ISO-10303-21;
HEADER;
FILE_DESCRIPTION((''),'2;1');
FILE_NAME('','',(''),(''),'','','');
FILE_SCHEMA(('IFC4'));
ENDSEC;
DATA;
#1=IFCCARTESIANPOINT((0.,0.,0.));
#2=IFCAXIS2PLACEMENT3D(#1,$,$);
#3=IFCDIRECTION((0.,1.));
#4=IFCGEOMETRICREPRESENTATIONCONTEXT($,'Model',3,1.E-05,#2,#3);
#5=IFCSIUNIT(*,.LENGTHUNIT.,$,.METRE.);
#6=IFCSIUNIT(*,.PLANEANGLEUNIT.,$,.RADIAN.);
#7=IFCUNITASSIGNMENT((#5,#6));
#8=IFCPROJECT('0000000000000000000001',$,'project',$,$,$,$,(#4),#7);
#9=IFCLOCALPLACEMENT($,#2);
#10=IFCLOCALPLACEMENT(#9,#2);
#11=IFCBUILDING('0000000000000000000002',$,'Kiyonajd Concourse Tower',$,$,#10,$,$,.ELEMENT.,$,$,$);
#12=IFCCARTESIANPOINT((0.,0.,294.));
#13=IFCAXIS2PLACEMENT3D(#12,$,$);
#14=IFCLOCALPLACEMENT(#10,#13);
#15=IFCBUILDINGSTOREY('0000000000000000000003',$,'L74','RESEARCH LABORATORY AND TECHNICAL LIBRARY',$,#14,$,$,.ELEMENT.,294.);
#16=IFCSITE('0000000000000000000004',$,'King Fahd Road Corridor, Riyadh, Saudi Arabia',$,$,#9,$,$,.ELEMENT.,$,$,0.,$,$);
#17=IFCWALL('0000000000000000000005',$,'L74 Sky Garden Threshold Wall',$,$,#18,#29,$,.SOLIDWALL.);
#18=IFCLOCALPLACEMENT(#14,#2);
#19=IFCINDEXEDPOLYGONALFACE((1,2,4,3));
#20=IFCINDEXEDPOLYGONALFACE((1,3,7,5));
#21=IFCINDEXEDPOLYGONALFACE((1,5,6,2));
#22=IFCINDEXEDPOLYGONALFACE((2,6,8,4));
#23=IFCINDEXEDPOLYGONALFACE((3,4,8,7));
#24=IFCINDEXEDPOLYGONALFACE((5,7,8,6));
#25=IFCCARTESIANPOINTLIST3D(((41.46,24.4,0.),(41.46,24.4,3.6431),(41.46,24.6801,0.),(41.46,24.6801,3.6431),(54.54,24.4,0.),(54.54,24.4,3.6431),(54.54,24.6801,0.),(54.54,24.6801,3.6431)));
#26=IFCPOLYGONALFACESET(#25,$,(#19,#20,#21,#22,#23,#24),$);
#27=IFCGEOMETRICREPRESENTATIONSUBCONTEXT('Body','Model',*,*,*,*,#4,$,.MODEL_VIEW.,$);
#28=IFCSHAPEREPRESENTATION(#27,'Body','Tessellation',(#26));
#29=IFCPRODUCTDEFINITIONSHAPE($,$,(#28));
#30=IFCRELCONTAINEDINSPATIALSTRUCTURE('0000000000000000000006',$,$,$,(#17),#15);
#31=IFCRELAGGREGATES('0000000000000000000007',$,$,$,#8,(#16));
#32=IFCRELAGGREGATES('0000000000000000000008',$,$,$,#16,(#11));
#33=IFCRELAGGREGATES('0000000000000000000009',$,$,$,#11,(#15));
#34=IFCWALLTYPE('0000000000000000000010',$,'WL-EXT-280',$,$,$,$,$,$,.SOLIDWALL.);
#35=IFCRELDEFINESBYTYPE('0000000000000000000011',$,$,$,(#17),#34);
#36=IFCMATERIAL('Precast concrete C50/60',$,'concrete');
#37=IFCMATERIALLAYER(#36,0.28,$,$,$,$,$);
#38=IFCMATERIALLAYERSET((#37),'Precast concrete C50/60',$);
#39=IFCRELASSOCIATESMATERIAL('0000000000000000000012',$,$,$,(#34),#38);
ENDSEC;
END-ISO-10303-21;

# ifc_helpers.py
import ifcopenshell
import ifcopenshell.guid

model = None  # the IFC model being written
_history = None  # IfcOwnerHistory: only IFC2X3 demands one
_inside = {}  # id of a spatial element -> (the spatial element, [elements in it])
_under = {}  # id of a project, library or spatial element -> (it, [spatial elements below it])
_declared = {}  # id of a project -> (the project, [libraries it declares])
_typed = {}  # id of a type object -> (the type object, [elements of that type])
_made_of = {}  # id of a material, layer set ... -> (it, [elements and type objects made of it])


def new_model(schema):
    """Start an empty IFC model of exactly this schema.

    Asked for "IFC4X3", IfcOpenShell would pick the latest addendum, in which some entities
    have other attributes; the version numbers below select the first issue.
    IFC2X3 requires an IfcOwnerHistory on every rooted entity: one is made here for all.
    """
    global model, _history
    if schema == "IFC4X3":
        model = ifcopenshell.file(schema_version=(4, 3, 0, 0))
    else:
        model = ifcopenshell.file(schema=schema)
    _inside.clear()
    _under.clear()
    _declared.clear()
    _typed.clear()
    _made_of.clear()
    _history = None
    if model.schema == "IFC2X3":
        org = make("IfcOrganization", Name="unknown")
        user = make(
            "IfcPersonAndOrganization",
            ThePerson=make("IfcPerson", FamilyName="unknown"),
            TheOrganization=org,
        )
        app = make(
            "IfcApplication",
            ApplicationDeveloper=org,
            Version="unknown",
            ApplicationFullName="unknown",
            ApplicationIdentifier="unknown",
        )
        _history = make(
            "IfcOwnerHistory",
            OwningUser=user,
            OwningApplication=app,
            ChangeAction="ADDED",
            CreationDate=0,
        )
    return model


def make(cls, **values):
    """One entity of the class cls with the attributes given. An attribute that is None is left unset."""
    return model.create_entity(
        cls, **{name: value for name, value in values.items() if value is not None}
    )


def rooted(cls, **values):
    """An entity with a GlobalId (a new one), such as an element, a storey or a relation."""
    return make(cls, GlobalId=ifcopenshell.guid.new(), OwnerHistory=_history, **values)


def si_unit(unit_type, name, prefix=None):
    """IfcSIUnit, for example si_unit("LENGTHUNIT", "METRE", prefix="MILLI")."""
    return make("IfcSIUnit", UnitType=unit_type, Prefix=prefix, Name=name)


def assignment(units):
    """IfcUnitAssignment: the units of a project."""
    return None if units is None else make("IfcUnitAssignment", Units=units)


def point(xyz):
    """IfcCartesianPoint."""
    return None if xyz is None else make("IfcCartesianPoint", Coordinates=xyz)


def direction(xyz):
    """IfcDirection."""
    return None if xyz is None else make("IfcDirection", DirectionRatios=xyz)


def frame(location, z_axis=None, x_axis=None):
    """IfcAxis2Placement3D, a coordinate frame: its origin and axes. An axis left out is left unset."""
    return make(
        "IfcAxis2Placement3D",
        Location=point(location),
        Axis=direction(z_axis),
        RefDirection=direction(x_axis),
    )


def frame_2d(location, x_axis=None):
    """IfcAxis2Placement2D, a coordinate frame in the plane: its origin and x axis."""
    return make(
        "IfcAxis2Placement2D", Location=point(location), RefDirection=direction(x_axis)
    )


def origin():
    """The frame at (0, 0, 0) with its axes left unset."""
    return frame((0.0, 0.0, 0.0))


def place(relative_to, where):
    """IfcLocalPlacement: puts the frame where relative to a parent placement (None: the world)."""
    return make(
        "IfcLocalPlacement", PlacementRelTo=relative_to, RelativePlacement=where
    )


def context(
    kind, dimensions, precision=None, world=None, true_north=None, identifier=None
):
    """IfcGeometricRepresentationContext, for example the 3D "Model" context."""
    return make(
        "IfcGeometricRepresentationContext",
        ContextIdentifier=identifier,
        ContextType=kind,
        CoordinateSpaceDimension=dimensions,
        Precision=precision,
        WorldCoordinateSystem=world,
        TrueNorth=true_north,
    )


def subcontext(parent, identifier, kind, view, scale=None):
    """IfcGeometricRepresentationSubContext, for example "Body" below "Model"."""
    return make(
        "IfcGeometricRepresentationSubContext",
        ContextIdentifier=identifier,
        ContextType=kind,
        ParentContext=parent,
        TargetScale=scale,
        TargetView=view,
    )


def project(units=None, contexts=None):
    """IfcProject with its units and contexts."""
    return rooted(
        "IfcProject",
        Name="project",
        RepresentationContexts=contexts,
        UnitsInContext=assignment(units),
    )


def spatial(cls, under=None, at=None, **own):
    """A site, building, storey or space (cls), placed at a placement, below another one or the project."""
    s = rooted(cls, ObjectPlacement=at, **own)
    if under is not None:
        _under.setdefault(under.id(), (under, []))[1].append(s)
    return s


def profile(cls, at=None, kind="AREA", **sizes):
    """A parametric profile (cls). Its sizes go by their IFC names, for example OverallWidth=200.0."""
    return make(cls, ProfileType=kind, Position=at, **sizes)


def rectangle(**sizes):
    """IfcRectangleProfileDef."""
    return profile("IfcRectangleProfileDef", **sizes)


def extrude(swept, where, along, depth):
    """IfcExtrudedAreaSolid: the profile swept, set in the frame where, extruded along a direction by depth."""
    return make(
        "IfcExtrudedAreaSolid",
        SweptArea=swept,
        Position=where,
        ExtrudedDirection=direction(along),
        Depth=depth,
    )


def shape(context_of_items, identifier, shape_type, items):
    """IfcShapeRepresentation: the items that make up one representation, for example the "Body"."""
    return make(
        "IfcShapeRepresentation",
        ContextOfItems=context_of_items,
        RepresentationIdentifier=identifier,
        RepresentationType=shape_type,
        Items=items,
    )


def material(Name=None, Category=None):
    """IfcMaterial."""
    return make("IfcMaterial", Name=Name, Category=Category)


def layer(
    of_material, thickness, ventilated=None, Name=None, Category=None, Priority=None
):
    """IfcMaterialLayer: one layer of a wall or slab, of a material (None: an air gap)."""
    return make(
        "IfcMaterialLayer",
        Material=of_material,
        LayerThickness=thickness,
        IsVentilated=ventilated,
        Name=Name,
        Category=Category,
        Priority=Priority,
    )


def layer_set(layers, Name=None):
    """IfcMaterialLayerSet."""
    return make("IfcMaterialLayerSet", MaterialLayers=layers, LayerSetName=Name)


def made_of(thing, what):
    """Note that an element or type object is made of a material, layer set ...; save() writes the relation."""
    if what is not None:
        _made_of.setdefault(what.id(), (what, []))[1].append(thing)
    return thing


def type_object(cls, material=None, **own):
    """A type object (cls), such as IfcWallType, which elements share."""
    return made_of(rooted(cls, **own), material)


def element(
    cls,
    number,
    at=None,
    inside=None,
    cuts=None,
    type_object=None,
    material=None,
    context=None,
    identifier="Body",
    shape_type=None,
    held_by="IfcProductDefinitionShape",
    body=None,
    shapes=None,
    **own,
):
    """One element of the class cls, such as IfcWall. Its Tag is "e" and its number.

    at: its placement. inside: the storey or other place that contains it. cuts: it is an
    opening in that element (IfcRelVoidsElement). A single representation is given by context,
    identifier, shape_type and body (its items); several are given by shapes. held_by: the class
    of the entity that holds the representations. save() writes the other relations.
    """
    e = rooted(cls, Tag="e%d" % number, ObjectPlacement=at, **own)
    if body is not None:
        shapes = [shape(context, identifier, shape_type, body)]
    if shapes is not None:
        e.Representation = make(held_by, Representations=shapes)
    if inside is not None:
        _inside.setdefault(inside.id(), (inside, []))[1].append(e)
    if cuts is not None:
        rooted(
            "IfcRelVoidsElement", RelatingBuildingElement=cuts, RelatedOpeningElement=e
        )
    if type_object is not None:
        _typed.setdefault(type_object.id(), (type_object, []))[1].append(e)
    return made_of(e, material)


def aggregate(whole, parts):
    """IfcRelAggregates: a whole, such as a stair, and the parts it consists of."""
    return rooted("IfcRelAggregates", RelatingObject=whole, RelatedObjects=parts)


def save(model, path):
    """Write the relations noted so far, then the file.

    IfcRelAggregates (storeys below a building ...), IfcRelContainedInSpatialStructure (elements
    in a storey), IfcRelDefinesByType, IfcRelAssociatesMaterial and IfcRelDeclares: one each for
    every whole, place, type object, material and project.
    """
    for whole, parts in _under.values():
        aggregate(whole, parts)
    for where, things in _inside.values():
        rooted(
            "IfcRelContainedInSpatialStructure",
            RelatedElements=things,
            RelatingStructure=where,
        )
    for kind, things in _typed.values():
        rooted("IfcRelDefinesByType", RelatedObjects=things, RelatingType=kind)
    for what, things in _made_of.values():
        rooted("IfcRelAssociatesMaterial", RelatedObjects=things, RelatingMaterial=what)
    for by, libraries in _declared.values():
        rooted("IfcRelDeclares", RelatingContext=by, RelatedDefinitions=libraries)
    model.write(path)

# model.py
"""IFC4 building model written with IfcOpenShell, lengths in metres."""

from ifc_helpers import new_model, si_unit, direction, frame, frame_2d, origin, place, context, subcontext, project, spatial, rectangle, extrude, material, layer, layer_set, type_object, element, save


model = new_model("IFC4")

# Units and contexts
model_context = context("Model", 3, precision=1e-05, world=origin(), true_north=direction((0.0, 1.0)))
body_context = subcontext(model_context, "Body", "Model", "MODEL_VIEW")
ifc_project = project(units=[si_unit("LENGTHUNIT", "METRE"), si_unit("PLANEANGLEUNIT", "RADIAN")], contexts=[model_context])

# Site, building, storey
site_placement = place(None, origin())
site = spatial("IfcSite", under=ifc_project, at=site_placement, Name="King Fahd Road Corridor, Riyadh, Saudi Arabia", CompositionType="ELEMENT", RefElevation=0.0)
building_placement = place(site_placement, origin())
building = spatial("IfcBuilding", under=site, at=building_placement, Name="Kiyonajd Concourse Tower", CompositionType="ELEMENT")
storey_placement = place(building_placement, frame((0.0, 0.0, 294.0)))
storey = spatial("IfcBuildingStorey", under=building, at=storey_placement, Name="L74", Description="RESEARCH LABORATORY AND TECHNICAL LIBRARY", CompositionType="ELEMENT", Elevation=294.0)

# Shared definitions
ifc_material_1 = material(Name="Precast concrete C50/60", Category="concrete")
ifc_layer_1 = layer(ifc_material_1, 0.28)
ifc_layer_set_1 = layer_set([ifc_layer_1], Name="Precast concrete C50/60")
wall_type_1 = type_object("IfcWallType", Name="WL-EXT-280", PredefinedType="SOLIDWALL", material=ifc_layer_set_1)

# Wall
wall_1_placement = place(storey_placement, frame((54.54, 24.54, 0.0), z_axis=(0.0, 0.0, 1.0), x_axis=(-1.0, 0.0, 0.0)))
element("IfcWall", 1, at=wall_1_placement, inside=storey, type_object=wall_type_1, Name="L74 Sky Garden Threshold Wall", PredefinedType="SOLIDWALL", context=body_context, shape_type="SweptSolid", body=[
    extrude(rectangle(XDim=13.0801, YDim=0.28, at=frame_2d((6.54, 0.0))), origin(), (0.0, 0.0, 1.0), 3.6431),
])

save(model, "model.ifc")
